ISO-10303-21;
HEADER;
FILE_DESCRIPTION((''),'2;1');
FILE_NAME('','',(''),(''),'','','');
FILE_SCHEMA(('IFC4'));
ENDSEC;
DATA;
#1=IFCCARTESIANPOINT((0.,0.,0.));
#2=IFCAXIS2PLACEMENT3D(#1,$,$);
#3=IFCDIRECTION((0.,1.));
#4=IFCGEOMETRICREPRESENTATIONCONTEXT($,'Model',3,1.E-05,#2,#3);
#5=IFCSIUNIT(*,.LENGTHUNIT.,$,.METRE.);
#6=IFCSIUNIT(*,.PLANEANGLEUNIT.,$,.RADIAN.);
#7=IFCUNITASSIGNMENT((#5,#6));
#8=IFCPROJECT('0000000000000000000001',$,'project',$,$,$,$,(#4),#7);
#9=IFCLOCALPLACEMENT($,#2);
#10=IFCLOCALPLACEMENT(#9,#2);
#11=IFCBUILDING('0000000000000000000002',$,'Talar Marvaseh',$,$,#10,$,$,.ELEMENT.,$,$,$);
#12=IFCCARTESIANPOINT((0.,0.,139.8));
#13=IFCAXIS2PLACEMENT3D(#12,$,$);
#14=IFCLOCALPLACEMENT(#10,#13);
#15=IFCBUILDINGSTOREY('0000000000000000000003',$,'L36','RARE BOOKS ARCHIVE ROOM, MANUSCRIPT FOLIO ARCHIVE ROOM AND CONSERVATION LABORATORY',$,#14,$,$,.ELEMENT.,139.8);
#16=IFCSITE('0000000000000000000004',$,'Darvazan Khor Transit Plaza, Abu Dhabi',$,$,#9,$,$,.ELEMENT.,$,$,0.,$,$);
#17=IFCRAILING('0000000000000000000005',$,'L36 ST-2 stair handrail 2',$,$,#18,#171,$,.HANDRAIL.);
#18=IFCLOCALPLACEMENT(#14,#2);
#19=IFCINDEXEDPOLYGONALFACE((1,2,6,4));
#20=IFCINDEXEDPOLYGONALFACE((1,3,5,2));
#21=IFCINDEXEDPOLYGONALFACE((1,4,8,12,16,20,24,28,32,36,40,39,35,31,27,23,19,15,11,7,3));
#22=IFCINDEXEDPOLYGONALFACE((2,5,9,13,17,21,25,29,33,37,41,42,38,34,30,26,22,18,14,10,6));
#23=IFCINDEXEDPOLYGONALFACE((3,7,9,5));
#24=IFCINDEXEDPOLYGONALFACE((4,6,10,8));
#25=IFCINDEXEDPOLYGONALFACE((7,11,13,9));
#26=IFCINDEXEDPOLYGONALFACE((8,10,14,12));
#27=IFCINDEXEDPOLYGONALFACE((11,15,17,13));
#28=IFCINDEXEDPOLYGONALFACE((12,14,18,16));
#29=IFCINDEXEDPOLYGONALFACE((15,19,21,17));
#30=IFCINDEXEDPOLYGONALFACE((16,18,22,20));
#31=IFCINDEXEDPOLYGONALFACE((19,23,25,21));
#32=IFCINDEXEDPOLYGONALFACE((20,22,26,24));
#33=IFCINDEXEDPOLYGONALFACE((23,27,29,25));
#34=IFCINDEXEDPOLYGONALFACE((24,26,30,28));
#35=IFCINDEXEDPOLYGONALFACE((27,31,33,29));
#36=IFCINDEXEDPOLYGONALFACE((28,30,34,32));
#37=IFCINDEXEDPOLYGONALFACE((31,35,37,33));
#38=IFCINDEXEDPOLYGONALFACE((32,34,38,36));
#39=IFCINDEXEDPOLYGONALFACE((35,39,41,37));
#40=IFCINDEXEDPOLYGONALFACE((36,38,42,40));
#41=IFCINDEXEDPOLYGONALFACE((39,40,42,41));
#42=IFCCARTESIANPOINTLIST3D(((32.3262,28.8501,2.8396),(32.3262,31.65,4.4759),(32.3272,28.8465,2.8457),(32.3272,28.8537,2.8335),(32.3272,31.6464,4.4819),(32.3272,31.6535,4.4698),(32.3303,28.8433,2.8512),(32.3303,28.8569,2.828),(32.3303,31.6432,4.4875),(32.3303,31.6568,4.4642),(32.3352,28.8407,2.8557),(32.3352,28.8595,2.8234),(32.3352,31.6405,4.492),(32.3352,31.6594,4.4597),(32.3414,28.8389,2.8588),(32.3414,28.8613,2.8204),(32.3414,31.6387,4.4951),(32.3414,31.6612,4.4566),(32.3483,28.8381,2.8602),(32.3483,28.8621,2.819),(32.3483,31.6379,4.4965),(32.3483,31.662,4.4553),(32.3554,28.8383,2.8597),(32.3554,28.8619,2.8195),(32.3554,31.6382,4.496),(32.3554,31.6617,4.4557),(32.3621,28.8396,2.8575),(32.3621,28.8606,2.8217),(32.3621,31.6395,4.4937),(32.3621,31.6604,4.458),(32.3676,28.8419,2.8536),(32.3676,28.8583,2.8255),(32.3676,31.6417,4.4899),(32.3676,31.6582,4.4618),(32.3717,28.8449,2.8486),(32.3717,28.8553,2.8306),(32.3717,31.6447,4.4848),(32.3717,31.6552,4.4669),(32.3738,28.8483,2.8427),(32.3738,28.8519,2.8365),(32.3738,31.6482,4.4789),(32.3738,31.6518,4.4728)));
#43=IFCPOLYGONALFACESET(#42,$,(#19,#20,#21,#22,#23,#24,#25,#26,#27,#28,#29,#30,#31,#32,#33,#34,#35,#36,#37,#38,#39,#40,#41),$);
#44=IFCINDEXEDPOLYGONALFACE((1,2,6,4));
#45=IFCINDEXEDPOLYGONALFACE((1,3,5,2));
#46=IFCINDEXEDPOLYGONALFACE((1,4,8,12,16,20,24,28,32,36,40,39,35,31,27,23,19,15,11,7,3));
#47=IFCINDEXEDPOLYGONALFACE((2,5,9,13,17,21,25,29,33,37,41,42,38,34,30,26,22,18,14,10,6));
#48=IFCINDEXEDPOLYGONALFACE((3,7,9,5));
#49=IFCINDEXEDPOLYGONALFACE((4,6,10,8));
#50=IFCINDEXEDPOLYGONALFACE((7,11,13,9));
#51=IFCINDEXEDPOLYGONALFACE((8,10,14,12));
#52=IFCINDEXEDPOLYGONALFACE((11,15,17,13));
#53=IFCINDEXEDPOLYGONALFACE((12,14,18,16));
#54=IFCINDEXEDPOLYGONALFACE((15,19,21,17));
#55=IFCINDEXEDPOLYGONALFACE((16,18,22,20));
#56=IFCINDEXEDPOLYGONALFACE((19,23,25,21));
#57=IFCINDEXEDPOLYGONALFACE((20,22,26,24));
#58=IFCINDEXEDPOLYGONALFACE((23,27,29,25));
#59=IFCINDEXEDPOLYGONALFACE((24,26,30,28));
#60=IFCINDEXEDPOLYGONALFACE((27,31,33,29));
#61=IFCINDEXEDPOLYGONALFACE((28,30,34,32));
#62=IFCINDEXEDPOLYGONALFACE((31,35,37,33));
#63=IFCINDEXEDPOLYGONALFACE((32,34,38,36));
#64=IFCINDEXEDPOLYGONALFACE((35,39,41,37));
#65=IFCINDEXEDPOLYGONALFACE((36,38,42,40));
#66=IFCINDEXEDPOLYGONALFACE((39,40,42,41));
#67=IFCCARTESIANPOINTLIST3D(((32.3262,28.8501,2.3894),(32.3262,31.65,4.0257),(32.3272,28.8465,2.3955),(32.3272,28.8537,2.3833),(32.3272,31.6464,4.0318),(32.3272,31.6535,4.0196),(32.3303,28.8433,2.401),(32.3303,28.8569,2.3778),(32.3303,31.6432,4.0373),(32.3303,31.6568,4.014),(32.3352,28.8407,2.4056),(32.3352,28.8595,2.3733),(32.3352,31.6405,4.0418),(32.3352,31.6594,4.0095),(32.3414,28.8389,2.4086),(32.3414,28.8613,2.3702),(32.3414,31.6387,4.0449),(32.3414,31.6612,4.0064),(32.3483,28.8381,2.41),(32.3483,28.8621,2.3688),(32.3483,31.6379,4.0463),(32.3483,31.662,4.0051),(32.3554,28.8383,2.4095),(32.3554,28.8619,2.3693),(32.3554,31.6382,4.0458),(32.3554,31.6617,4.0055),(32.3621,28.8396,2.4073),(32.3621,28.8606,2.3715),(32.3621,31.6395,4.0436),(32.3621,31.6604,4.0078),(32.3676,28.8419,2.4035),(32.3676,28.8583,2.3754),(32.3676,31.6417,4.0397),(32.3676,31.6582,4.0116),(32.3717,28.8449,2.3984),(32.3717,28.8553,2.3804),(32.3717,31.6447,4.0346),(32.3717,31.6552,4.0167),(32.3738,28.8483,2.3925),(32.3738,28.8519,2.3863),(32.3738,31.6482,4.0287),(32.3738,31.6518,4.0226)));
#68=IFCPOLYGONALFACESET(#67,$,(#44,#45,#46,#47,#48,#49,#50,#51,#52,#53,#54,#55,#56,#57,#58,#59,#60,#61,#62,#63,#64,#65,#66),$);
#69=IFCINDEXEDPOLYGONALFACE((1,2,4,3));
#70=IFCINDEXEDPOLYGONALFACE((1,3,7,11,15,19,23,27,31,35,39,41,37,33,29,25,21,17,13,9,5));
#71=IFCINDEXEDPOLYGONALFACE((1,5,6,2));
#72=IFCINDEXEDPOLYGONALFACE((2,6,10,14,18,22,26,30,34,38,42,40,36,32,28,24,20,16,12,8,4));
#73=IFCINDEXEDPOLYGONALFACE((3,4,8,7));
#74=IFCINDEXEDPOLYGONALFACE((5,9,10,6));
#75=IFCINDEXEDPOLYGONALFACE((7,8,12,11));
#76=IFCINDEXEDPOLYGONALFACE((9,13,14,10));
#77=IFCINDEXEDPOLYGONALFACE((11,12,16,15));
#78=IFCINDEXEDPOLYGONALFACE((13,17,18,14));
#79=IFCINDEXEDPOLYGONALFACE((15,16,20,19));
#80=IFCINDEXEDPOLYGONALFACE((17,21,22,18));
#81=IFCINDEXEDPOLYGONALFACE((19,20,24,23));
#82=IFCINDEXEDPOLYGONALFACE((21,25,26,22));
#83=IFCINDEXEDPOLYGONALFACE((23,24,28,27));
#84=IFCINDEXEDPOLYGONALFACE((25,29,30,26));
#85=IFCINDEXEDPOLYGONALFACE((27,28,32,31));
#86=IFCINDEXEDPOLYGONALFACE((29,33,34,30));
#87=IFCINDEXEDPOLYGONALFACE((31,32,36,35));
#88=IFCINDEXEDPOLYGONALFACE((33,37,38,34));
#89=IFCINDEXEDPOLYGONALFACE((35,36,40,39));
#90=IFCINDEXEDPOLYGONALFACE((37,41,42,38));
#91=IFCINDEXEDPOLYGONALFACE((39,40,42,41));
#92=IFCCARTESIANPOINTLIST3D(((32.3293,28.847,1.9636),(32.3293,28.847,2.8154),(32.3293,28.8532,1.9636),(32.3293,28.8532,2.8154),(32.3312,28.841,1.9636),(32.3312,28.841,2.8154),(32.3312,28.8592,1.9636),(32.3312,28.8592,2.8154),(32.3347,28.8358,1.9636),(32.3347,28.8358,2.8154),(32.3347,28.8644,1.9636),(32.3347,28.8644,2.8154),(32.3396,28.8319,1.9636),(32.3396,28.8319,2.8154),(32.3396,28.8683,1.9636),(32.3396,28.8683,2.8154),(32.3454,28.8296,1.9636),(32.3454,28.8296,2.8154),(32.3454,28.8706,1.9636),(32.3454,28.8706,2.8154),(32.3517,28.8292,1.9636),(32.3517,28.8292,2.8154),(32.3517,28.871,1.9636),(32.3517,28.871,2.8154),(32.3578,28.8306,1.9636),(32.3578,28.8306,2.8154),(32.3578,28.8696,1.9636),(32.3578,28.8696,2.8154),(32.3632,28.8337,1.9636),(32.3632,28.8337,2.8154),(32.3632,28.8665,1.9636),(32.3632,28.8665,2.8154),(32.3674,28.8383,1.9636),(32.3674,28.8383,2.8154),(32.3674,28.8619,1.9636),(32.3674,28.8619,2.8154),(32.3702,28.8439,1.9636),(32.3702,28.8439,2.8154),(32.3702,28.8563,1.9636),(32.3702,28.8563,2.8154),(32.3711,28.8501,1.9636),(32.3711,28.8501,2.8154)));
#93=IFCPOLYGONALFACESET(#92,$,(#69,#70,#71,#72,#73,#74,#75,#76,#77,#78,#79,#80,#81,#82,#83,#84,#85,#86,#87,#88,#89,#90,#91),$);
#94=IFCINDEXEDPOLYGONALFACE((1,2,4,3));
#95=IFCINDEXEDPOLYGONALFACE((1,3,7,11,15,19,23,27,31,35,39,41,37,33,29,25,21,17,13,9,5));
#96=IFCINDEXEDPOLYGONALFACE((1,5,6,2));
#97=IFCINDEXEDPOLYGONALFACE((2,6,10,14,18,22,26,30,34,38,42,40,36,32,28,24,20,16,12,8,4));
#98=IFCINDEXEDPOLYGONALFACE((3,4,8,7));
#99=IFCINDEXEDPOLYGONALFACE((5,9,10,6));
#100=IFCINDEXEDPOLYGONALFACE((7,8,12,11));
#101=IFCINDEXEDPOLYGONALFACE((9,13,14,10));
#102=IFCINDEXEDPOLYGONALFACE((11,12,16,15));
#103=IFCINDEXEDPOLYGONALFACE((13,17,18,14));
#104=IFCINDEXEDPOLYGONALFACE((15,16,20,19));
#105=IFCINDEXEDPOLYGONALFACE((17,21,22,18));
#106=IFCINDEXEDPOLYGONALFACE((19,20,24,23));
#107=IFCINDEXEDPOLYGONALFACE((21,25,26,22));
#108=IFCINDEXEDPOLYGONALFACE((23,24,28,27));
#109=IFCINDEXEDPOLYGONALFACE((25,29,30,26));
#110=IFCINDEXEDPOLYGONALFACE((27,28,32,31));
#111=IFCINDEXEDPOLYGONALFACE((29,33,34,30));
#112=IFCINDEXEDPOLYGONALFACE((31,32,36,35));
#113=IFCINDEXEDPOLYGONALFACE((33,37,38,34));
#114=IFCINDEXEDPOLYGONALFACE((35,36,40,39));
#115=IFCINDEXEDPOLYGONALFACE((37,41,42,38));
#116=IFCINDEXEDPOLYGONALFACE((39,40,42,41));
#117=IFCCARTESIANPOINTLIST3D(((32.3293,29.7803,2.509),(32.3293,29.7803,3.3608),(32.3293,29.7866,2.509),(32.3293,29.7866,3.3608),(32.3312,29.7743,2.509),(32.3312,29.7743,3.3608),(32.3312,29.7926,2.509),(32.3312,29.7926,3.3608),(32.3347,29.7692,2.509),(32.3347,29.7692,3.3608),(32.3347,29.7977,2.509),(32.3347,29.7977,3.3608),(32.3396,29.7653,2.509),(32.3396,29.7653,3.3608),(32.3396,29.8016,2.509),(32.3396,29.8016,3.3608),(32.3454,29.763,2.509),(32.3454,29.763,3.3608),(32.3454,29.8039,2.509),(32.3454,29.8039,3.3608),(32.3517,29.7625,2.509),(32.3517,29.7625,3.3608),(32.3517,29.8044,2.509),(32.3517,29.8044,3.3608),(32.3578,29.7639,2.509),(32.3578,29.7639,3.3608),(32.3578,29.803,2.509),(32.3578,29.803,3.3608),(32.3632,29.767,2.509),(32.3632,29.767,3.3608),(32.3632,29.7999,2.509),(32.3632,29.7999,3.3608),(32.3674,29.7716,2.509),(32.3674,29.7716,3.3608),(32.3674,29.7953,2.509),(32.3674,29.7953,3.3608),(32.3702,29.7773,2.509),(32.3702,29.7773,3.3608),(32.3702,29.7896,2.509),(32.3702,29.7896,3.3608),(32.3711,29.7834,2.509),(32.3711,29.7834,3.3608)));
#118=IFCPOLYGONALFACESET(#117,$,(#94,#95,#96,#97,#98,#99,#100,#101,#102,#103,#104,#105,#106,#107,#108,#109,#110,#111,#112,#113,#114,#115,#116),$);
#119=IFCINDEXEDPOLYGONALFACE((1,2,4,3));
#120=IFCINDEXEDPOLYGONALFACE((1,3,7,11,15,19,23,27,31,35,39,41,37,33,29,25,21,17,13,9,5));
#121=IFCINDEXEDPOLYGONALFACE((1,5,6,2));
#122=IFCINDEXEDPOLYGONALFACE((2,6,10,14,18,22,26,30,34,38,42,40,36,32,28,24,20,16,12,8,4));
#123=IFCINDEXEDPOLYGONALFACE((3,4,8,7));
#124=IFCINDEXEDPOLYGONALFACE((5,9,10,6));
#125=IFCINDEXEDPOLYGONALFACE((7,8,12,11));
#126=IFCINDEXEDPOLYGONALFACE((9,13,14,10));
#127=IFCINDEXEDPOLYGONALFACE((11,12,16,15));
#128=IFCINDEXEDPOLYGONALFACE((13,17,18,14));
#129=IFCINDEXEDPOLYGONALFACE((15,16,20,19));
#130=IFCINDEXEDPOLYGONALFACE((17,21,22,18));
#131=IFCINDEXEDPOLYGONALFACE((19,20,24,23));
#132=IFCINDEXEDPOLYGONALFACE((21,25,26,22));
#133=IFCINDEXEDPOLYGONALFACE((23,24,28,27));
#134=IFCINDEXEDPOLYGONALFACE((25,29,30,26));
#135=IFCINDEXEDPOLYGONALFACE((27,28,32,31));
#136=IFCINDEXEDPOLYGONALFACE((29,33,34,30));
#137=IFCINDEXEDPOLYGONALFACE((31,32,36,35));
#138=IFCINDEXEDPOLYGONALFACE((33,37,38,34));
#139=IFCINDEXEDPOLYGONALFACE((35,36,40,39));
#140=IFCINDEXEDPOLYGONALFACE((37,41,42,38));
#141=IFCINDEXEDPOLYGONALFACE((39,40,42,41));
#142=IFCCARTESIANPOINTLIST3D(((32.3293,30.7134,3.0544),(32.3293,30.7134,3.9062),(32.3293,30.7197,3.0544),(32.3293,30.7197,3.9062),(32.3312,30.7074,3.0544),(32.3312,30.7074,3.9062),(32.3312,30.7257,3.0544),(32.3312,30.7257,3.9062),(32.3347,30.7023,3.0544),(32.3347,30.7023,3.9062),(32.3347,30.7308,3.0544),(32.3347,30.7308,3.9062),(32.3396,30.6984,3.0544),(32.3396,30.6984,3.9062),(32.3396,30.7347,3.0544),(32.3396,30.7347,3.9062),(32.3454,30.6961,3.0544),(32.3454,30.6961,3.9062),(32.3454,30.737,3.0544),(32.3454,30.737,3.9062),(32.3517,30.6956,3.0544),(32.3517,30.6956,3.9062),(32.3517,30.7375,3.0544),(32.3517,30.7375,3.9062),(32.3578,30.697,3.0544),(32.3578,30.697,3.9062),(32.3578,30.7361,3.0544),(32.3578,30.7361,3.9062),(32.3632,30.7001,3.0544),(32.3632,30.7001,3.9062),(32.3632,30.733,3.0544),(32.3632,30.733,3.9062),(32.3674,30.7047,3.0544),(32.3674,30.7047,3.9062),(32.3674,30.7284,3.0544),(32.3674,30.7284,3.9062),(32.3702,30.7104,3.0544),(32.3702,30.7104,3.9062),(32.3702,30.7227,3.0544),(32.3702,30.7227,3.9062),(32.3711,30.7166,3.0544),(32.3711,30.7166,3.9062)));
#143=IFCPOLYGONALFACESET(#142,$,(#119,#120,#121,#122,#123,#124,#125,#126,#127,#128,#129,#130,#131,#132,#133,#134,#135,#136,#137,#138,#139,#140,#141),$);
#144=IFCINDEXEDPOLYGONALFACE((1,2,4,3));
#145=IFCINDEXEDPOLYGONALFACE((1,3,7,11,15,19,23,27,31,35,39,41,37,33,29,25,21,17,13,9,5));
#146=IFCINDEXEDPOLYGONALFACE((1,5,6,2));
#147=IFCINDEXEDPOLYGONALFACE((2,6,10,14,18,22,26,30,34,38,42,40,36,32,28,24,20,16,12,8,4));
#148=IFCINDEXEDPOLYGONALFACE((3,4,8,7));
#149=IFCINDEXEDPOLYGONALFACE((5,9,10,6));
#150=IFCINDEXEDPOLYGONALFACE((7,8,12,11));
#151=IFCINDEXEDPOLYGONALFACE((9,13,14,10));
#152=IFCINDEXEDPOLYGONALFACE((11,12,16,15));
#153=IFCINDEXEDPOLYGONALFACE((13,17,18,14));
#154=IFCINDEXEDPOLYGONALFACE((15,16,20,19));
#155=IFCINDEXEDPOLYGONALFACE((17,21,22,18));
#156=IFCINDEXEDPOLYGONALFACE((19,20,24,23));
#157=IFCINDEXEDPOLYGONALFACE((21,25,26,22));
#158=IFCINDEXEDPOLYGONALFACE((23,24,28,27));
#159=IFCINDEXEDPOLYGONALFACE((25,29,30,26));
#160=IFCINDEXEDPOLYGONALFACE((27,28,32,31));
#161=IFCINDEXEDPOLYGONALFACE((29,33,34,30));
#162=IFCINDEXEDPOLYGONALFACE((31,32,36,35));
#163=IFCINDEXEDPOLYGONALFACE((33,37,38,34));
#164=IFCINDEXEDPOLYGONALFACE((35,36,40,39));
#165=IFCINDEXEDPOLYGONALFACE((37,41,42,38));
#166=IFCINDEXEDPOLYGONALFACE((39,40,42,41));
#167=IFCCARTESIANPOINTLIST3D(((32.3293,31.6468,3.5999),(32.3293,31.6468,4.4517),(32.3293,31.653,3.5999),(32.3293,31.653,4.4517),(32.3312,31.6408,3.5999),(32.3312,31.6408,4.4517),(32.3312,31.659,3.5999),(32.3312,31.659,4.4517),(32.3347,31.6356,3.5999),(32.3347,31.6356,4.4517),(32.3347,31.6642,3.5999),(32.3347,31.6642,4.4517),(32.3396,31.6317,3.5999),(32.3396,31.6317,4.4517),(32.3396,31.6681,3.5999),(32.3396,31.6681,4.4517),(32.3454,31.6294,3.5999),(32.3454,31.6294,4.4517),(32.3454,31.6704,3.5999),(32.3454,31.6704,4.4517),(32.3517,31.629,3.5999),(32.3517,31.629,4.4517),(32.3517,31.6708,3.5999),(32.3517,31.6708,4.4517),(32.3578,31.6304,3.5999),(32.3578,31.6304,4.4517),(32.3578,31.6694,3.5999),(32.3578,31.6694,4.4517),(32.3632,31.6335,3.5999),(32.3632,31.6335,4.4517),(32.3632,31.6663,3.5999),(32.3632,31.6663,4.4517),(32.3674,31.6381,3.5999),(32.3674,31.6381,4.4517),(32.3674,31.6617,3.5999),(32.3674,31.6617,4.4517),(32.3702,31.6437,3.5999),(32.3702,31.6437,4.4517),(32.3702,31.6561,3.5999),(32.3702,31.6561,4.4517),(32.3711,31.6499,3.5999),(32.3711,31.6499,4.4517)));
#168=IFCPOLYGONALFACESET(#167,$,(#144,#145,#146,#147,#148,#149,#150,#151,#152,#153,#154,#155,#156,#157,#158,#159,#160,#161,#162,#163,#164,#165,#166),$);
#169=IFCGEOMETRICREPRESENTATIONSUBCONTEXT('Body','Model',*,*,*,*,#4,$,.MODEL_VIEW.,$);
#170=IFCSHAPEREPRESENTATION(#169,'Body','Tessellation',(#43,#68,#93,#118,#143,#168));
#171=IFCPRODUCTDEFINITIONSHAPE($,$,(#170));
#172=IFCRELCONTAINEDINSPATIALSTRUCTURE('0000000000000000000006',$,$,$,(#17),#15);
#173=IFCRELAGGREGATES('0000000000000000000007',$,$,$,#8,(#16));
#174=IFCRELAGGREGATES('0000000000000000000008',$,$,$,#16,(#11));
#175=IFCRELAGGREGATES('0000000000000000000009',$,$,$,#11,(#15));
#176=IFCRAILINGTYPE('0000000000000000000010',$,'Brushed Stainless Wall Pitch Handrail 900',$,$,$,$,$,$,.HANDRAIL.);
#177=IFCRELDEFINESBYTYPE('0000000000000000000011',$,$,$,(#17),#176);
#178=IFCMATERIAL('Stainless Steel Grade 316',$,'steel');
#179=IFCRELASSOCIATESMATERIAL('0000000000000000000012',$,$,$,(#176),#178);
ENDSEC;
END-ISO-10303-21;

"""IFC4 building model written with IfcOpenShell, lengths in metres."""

from ifc_helpers import new_model, si_unit, direction, frame, origin, origin_2d, place, context, subcontext, project, spatial, circle, extrude, material, type_object, element, save


model = new_model("IFC4")

# Units and contexts
model_context = context("Model", 3, precision=1e-05, world=origin(), true_north=direction((0.0, 1.0)))
body_context = subcontext(model_context, "Body", "Model", "MODEL_VIEW")
ifc_project = project(units=[si_unit("LENGTHUNIT", "METRE"), si_unit("PLANEANGLEUNIT", "RADIAN")], contexts=[model_context])

# Site, building, storey
site_placement = place(None, origin())
site = spatial("IfcSite", under=ifc_project, at=site_placement, Name="Darvazan Khor Transit Plaza, Abu Dhabi", CompositionType="ELEMENT", RefElevation=0.0)
building_placement = place(site_placement, origin())
building = spatial("IfcBuilding", under=site, at=building_placement, Name="Talar Marvaseh", CompositionType="ELEMENT")
storey_placement = place(building_placement, frame((0.0, 0.0, 139.8)))
storey = spatial("IfcBuildingStorey", under=building, at=storey_placement, Name="L36", Description="RARE BOOKS ARCHIVE ROOM, MANUSCRIPT FOLIO ARCHIVE ROOM AND CONSERVATION LABORATORY", CompositionType="ELEMENT", Elevation=139.8)

# Shared definitions
ifc_material_1 = material(Name="Stainless Steel Grade 316", Category="steel")

# Railing
railing_type_1 = type_object("IfcRailingType", Name="Brushed Stainless Wall Pitch Handrail 900", PredefinedType="HANDRAIL", material=ifc_material_1)
railing_1_placement = place(storey_placement, frame((32.3501, 28.8501, 1.9636)))
element("IfcRailing", 1, at=railing_1_placement, inside=storey, type_object=railing_type_1, Name="L36 ST-2 stair handrail 2", PredefinedType="HANDRAIL", context=body_context, shape_type="SweptSolid", body=[
    extrude(circle(Radius=0.0239, at=origin_2d()), frame((0.0, 0.0, 0.876), z_axis=(0.0, 0.863374, 0.504564), x_axis=(-1.0, 0.0, 0.0)), (0.0, 0.0, 1.0), 3.2429),
    extrude(circle(Radius=0.0239, at=origin_2d()), frame((0.0, 0.0, 0.4258), z_axis=(0.0, 0.863374, 0.504564), x_axis=(-1.0, 0.0, 0.0)), (0.0, 0.0, 1.0), 3.2429),
    extrude(circle(Radius=0.021, at=origin_2d()), origin(), (0.0, 0.0, 1.0), 0.8518),
    extrude(circle(Radius=0.021, at=origin_2d()), frame((0.0, 0.9333, 0.5454)), (0.0, 0.0, 1.0), 0.8518),
    extrude(circle(Radius=0.021, at=origin_2d()), frame((0.0, 1.8665, 1.0908)), (0.0, 0.0, 1.0), 0.8518),
    extrude(circle(Radius=0.021, at=origin_2d()), frame((0.0, 2.7998, 1.6362)), (0.0, 0.0, 1.0), 0.8518),
])

save(model, "model.ifc")
